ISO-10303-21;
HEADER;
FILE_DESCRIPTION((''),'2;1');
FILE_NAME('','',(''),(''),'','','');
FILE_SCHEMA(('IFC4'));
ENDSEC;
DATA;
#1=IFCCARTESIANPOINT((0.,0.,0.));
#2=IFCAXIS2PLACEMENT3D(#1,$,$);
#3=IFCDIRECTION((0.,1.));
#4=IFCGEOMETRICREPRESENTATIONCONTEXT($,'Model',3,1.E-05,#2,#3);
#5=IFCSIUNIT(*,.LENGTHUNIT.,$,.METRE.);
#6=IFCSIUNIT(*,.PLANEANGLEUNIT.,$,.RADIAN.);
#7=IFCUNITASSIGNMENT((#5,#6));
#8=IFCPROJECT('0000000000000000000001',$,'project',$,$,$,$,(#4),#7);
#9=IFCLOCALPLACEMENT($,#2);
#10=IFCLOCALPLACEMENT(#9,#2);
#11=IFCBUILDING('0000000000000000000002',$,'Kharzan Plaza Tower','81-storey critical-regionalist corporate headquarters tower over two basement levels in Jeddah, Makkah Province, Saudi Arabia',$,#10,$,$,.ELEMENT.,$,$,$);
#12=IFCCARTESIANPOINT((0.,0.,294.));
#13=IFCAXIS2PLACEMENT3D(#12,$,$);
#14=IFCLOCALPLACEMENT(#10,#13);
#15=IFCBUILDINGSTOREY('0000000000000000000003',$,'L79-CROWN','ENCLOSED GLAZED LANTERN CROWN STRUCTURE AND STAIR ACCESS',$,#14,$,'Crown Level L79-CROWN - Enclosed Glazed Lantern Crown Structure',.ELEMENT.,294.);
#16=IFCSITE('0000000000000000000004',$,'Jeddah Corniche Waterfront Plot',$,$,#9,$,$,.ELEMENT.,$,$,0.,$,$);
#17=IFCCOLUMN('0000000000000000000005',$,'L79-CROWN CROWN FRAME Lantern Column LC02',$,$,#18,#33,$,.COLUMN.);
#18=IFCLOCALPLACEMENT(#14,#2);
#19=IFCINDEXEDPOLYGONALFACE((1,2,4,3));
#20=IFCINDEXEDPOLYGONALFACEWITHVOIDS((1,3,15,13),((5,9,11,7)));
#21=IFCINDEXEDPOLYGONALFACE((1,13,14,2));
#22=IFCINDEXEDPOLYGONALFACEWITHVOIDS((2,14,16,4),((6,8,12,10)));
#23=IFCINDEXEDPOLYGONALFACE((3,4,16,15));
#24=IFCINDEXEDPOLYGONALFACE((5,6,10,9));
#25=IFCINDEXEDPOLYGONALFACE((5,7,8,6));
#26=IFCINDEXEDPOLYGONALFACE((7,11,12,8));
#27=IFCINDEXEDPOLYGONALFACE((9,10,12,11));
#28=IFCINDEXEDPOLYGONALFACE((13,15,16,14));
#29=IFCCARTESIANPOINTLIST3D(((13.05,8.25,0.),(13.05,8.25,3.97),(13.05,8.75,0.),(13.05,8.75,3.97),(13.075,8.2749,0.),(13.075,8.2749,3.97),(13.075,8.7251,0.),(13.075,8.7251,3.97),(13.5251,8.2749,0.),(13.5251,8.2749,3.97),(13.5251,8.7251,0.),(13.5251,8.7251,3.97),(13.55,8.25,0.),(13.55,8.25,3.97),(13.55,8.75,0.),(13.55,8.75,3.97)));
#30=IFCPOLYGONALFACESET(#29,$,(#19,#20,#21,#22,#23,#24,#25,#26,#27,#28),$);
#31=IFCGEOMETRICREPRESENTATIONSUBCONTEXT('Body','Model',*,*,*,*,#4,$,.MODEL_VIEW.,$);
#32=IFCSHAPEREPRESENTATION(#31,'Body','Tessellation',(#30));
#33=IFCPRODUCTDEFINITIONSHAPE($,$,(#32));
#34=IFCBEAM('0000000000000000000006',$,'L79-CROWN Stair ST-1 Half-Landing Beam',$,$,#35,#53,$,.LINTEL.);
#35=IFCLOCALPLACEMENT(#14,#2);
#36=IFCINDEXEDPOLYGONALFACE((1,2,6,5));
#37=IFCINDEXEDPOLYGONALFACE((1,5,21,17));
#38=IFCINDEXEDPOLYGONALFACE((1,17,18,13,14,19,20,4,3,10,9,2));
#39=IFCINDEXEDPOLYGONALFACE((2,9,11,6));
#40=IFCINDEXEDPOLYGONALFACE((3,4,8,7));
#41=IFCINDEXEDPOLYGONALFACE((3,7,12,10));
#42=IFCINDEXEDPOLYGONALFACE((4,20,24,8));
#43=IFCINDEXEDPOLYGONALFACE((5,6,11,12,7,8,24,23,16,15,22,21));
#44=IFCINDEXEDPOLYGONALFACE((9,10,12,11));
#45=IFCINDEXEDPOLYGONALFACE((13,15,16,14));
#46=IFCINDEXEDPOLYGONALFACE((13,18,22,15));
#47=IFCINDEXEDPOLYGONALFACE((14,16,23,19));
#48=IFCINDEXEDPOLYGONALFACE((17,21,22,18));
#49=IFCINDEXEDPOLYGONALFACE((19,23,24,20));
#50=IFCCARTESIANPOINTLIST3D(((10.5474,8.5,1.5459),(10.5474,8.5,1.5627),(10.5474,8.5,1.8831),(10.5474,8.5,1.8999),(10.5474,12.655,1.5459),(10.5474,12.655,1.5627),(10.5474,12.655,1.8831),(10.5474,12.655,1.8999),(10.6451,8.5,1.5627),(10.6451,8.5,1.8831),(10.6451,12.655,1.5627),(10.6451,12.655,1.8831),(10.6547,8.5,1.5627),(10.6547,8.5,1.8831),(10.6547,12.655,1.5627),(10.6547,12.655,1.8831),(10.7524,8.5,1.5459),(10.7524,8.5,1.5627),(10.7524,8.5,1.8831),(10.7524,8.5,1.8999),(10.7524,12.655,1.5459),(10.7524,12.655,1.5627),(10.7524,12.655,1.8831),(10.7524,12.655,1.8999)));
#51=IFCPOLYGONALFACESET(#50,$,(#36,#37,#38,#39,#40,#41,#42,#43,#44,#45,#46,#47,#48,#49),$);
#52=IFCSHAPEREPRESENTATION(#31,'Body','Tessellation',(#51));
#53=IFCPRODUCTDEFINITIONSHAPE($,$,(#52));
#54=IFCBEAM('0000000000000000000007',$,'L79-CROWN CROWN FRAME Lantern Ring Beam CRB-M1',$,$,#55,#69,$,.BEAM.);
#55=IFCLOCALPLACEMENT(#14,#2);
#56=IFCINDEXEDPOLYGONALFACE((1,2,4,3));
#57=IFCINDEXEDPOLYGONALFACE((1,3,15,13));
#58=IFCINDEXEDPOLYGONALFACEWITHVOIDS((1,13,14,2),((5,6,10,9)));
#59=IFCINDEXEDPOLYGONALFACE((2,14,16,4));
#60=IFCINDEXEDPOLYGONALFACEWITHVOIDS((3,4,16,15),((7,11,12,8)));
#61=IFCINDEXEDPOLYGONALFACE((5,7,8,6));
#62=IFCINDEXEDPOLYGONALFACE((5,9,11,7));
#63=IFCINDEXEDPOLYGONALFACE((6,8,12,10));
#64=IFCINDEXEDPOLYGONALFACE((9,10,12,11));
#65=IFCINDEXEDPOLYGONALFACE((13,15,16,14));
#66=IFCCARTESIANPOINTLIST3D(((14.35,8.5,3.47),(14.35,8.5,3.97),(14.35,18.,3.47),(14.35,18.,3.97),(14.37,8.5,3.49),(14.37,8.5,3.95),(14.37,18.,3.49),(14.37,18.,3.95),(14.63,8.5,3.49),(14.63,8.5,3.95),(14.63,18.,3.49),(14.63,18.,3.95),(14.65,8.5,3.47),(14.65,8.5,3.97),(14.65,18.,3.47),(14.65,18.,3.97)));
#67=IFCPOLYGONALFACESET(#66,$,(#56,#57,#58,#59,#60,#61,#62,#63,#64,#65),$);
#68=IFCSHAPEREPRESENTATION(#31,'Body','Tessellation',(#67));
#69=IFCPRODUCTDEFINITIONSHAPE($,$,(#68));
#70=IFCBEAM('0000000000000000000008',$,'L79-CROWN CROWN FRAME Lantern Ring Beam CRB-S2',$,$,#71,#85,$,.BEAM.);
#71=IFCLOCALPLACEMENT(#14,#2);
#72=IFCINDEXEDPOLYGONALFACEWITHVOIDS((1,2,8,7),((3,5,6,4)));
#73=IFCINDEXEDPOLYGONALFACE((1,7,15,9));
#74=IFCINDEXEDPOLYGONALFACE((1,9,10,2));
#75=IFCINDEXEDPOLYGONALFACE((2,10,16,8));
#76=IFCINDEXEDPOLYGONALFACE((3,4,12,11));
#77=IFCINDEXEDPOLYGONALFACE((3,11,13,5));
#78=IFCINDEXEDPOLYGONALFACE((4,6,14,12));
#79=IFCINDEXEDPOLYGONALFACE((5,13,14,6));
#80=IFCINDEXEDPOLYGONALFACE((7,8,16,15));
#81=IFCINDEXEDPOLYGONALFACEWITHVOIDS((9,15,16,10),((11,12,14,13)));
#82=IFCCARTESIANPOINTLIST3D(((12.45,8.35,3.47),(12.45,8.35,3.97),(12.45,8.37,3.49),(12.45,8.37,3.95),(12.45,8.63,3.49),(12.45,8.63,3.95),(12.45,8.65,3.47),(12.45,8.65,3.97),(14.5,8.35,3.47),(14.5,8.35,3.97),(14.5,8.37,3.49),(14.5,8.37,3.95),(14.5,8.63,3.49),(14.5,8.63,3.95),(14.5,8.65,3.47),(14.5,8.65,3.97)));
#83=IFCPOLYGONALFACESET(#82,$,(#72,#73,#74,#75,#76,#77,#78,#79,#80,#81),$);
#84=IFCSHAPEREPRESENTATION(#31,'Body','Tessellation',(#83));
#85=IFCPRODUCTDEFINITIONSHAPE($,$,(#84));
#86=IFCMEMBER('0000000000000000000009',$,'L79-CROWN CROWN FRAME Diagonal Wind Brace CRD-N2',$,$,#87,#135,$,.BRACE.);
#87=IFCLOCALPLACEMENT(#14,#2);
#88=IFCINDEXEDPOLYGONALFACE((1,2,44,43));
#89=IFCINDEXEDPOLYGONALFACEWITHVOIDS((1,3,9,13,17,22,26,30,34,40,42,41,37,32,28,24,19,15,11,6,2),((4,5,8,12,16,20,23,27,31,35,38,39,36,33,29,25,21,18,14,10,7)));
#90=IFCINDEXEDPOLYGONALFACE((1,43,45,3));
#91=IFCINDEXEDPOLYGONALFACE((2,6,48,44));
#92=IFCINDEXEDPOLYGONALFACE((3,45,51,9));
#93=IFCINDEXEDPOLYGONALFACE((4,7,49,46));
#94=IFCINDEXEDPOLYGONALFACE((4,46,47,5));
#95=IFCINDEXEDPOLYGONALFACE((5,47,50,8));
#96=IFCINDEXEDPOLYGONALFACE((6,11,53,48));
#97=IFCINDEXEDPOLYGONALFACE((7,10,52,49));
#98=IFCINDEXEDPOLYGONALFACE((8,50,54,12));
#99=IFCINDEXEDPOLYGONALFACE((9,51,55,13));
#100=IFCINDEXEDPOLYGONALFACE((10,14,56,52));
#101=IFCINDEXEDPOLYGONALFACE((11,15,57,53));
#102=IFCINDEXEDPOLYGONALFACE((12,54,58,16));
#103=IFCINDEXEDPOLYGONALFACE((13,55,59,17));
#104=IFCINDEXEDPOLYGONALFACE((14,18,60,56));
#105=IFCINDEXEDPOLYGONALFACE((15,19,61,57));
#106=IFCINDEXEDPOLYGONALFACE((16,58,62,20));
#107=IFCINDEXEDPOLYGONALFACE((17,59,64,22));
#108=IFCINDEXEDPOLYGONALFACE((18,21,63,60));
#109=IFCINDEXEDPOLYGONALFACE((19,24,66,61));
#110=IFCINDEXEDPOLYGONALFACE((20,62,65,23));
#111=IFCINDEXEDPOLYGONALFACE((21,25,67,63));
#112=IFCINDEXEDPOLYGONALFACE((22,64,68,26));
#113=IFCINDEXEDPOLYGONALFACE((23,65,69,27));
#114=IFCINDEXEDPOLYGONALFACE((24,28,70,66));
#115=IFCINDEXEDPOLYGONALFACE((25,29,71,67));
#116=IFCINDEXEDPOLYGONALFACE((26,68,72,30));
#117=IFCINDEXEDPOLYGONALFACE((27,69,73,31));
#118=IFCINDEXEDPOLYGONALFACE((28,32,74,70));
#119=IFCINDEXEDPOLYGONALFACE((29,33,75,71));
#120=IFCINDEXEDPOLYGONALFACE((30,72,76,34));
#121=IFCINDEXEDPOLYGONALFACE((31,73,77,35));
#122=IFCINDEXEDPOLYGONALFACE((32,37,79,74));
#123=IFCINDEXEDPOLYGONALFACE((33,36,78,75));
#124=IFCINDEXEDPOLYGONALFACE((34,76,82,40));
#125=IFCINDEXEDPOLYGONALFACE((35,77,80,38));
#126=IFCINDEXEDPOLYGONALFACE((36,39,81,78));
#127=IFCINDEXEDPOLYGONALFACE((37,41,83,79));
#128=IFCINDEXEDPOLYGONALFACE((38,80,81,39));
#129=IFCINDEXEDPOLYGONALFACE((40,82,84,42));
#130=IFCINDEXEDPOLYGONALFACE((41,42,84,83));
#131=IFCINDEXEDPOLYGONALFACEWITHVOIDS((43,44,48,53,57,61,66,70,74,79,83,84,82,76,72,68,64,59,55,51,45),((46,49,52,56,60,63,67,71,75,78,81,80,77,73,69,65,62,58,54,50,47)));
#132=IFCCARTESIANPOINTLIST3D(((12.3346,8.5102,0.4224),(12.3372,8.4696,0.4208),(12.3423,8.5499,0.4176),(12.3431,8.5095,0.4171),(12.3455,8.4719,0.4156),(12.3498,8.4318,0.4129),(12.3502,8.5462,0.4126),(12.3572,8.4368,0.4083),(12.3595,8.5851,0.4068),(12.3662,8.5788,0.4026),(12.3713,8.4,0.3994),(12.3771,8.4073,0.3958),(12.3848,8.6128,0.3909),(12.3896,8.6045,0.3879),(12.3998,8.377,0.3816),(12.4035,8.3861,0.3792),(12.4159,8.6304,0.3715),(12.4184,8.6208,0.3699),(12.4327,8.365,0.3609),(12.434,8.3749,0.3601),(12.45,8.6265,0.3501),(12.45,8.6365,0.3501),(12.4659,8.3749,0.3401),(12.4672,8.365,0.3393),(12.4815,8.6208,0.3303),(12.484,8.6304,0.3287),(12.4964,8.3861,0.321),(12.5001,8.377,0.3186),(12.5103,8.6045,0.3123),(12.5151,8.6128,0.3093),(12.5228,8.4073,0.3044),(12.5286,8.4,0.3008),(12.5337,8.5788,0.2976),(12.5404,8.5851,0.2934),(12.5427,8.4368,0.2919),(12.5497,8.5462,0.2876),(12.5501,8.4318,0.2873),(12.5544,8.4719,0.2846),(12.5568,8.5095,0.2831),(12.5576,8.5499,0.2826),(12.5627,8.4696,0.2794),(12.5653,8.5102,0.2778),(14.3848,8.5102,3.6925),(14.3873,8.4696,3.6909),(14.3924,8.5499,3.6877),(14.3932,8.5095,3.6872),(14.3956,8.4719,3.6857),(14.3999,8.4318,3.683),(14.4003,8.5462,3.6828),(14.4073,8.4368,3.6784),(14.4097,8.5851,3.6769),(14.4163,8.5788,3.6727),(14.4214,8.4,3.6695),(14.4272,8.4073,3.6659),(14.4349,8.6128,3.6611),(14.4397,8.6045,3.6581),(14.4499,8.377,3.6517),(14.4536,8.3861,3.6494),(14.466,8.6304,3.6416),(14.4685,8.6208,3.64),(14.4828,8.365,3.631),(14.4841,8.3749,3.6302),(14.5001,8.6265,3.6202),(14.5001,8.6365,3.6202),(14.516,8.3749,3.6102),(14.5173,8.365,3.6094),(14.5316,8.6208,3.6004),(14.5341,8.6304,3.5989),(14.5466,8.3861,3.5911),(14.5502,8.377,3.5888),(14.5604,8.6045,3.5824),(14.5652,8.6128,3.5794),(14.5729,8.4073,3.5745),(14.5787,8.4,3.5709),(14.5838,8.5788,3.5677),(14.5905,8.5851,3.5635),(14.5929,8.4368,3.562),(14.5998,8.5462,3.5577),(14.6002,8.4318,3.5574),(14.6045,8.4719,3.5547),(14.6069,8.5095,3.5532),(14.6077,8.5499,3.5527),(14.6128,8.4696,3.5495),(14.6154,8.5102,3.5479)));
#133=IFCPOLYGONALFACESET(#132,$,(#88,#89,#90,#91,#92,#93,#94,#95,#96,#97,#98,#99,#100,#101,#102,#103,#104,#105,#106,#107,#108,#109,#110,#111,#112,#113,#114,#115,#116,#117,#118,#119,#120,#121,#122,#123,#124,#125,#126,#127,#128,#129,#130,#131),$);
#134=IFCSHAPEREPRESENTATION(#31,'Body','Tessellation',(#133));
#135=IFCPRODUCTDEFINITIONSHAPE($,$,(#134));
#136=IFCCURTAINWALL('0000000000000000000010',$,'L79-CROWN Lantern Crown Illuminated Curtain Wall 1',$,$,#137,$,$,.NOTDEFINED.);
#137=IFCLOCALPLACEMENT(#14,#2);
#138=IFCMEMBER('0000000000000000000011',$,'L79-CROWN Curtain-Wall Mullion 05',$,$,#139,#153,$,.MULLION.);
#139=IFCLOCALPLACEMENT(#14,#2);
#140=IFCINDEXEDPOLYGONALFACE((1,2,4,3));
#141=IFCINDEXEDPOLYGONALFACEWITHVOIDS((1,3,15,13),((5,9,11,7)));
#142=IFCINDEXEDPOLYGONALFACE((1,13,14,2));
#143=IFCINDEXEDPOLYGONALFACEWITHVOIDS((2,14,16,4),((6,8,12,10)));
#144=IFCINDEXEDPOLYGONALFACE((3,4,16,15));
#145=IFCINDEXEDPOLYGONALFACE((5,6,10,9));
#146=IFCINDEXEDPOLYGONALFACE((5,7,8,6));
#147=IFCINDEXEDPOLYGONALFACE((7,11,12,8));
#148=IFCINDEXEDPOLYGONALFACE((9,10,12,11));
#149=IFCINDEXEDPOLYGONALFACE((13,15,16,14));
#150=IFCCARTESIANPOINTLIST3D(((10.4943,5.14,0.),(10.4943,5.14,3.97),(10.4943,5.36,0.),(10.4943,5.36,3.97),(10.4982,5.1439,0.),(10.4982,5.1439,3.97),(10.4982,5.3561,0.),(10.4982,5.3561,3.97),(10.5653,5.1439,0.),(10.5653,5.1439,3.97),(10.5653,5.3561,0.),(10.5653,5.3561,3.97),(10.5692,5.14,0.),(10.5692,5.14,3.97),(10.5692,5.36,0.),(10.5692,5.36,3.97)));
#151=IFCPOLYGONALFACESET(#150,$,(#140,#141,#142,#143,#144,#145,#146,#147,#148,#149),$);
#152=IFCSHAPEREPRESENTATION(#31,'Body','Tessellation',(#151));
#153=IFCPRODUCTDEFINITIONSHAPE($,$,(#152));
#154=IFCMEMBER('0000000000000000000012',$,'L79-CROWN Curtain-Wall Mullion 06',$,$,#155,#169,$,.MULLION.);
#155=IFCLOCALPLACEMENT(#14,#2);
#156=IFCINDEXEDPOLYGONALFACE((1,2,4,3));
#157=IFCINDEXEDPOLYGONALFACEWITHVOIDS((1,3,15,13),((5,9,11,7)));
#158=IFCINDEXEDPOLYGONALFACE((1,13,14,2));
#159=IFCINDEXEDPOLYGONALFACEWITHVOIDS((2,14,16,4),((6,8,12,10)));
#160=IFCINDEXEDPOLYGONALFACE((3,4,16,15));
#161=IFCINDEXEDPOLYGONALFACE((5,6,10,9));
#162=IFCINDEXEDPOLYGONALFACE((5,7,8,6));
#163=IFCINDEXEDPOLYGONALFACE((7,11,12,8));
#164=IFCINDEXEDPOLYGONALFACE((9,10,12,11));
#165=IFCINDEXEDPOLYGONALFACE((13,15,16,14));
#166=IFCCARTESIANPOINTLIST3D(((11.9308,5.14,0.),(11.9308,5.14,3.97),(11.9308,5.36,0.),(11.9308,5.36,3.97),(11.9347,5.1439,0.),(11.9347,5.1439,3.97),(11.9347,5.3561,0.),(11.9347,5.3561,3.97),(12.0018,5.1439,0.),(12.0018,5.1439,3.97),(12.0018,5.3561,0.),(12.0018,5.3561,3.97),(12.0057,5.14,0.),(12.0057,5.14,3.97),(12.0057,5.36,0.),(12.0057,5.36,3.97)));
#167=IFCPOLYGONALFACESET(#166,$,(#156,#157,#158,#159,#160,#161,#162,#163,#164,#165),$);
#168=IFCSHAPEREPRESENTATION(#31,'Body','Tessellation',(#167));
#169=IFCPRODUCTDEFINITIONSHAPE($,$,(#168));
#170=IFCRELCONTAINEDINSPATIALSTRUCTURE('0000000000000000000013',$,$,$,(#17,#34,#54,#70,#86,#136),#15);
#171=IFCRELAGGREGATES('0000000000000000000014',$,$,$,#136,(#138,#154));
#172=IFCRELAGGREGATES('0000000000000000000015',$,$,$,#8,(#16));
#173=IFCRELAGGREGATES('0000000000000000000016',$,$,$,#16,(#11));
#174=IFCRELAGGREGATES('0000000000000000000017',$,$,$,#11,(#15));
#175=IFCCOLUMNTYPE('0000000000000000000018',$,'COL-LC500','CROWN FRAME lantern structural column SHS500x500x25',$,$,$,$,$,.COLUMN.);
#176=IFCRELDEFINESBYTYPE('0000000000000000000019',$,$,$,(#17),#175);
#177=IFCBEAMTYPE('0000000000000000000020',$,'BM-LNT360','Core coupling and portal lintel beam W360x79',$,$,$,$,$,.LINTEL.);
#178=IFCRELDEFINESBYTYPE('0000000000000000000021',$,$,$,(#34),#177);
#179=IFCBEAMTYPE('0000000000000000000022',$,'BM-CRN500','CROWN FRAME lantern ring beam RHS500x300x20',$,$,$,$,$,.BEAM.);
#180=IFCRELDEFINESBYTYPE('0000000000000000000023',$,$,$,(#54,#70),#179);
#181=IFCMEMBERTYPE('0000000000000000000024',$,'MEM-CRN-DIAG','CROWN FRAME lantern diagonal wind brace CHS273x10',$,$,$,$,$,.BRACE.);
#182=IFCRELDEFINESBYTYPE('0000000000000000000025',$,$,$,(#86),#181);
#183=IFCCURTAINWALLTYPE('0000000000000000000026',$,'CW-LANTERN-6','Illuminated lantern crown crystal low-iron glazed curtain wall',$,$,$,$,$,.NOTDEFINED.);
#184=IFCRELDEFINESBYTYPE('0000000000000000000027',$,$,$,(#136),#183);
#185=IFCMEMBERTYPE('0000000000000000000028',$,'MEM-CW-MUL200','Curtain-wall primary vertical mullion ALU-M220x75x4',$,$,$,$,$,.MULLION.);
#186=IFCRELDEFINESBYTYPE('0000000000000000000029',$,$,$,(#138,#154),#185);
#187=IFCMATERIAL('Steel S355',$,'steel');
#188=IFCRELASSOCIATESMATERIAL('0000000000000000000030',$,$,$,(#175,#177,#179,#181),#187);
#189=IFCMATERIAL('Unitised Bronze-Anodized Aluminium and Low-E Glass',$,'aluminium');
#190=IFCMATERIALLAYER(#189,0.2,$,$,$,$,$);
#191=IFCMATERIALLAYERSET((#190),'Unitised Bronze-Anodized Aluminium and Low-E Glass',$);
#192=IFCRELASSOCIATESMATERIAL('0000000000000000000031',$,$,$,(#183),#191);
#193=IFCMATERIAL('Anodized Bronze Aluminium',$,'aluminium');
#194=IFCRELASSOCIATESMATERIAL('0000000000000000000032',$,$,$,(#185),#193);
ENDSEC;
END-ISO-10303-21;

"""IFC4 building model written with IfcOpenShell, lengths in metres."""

from ifc_helpers import new_model, si_unit, direction, frame, origin, origin_2d, place, context, subcontext, project, spatial, hollow_rectangle, hollow_circle, i_section, extrude, source, transform, mapped, material, layer, layer_set, material_profile, profile_set, type_object, element, aggregate, save


model = new_model("IFC4")

# Units and contexts
model_context = context("Model", 3, precision=1e-05, world=origin(), true_north=direction((0.0, 1.0)))
body_context = subcontext(model_context, "Body", "Model", "MODEL_VIEW")
ifc_project = project(units=[si_unit("LENGTHUNIT", "METRE"), si_unit("PLANEANGLEUNIT", "RADIAN")], contexts=[model_context])

# Site, building, storey
site_placement = place(None, origin())
site = spatial("IfcSite", under=ifc_project, at=site_placement, Name="Jeddah Corniche Waterfront Plot", CompositionType="ELEMENT", RefElevation=0.0)
building_placement = place(site_placement, origin())
building = spatial("IfcBuilding", under=site, at=building_placement, Name="Kharzan Plaza Tower", Description="81-storey critical-regionalist corporate headquarters tower over two basement levels in Jeddah, Makkah Province, Saudi Arabia", CompositionType="ELEMENT")
storey_placement = place(building_placement, frame((0.0, 0.0, 294.0)))
storey = spatial("IfcBuildingStorey", under=building, at=storey_placement, Name="L79-CROWN", Description="ENCLOSED GLAZED LANTERN CROWN STRUCTURE AND STAIR ACCESS", LongName="Crown Level L79-CROWN - Enclosed Glazed Lantern Crown Structure", CompositionType="ELEMENT", Elevation=294.0)

# Column
ifc_material_1 = material(Name="Steel S355", Category="steel")
ifc_material_profile_1 = material_profile(ifc_material_1, hollow_rectangle(XDim=0.5, YDim=0.5, WallThickness=0.0249, at=origin_2d()), Name="SHS500x500x25")
ifc_profile_set_1 = profile_set([ifc_material_profile_1], Name="Steel S355")
column_type = type_object("IfcColumnType", Name="COL-LC500", Description="CROWN FRAME lantern structural column SHS500x500x25", PredefinedType="COLUMN", material=ifc_profile_set_1)
shared_shape_1 = source(origin(), body_context, "Body", "SweptSolid", [
    extrude(hollow_rectangle(XDim=0.5, YDim=0.5, WallThickness=0.0249, at=origin_2d()), origin(), (0.0, 0.0, 1.0), 3.97),
])
column_placement = place(storey_placement, frame((13.3, 8.5, 0.0), z_axis=(0.0, 0.0, 1.0), x_axis=(1.0, 0.0, 0.0)))
element("IfcColumn", 1, at=column_placement, inside=storey, type_object=column_type, Name="L79-CROWN CROWN FRAME Lantern Column LC02", PredefinedType="COLUMN", context=body_context, shape_type="MappedRepresentation", body=[
    mapped(shared_shape_1, transform((0.0, 0.0, 0.0), x_axis=(1.0, 0.0, 0.0), y_axis=(0.0, 1.0, 0.0), z_axis=(0.0, 0.0, 1.0))),
])

# Beams
ifc_material_profile_2 = material_profile(ifc_material_1, i_section(OverallWidth=0.2051, OverallDepth=0.354, WebThickness=0.0095, FlangeThickness=0.0168, at=origin_2d()), Name="W360x79")
ifc_profile_set_2 = profile_set([ifc_material_profile_2], Name="Steel S355")
beam_type_1 = type_object("IfcBeamType", Name="BM-LNT360", Description="Core coupling and portal lintel beam W360x79", PredefinedType="LINTEL", material=ifc_profile_set_2)
shared_shape_2 = source(origin(), body_context, "Body", "SweptSolid", [
    extrude(i_section(OverallWidth=0.2051, OverallDepth=0.354, WebThickness=0.0095, FlangeThickness=0.0168, at=origin_2d()), origin(), (0.0, 0.0, 1.0), 4.155),
])
beam_1_placement = place(storey_placement, frame((10.6499, 8.5, 1.7229), z_axis=(0.0, 1.0, 0.0), x_axis=(-1.0, 0.0, 0.0)))
element("IfcBeam", 2, at=beam_1_placement, inside=storey, type_object=beam_type_1, Name="L79-CROWN Stair ST-1 Half-Landing Beam", PredefinedType="LINTEL", context=body_context, shape_type="MappedRepresentation", body=[
    mapped(shared_shape_2, transform((0.0, 0.0, 0.0), x_axis=(1.0, 0.0, 0.0), y_axis=(0.0, 1.0, 0.0), z_axis=(0.0, 0.0, 1.0))),
])
ifc_material_profile_3 = material_profile(ifc_material_1, hollow_rectangle(XDim=0.3, YDim=0.5, WallThickness=0.02, at=origin_2d()), Name="RHS500x300x20")
ifc_profile_set_3 = profile_set([ifc_material_profile_3], Name="Steel S355")
beam_type_2 = type_object("IfcBeamType", Name="BM-CRN500", Description="CROWN FRAME lantern ring beam RHS500x300x20", PredefinedType="BEAM", material=ifc_profile_set_3)
shared_shape_3 = source(origin(), body_context, "Body", "SweptSolid", [
    extrude(hollow_rectangle(XDim=0.3, YDim=0.5, WallThickness=0.02, at=origin_2d()), origin(), (0.0, 0.0, 1.0), 9.5),
])
beam_2_placement = place(storey_placement, frame((14.5, 8.5, 3.72), z_axis=(0.0, 1.0, 0.0), x_axis=(-1.0, 0.0, 0.0)))
element("IfcBeam", 3, at=beam_2_placement, inside=storey, type_object=beam_type_2, Name="L79-CROWN CROWN FRAME Lantern Ring Beam CRB-M1", PredefinedType="BEAM", context=body_context, shape_type="MappedRepresentation", body=[
    mapped(shared_shape_3, transform((0.0, 0.0, 0.0), x_axis=(1.0, 0.0, 0.0), y_axis=(0.0, 1.0, 0.0), z_axis=(0.0, 0.0, 1.0))),
])
shared_shape_4 = source(origin(), body_context, "Body", "SweptSolid", [
    extrude(hollow_rectangle(XDim=0.3, YDim=0.5, WallThickness=0.02, at=origin_2d()), origin(), (0.0, 0.0, 1.0), 2.05),
])
beam_3_placement = place(storey_placement, frame((12.45, 8.5, 3.72), z_axis=(1.0, 0.0, 0.0), x_axis=(0.0, 1.0, 0.0)))
element("IfcBeam", 4, at=beam_3_placement, inside=storey, type_object=beam_type_2, Name="L79-CROWN CROWN FRAME Lantern Ring Beam CRB-S2", PredefinedType="BEAM", context=body_context, shape_type="MappedRepresentation", body=[
    mapped(shared_shape_4, transform((0.0, 0.0, 0.0), x_axis=(1.0, 0.0, 0.0), y_axis=(0.0, 1.0, 0.0), z_axis=(0.0, 0.0, 1.0))),
])

# Member
ifc_material_profile_4 = material_profile(ifc_material_1, hollow_circle(Radius=0.1365, WallThickness=0.01, at=origin_2d()), Name="CHS273x10")
ifc_profile_set_4 = profile_set([ifc_material_profile_4], Name="Steel S355")
member_type_1 = type_object("IfcMemberType", Name="MEM-CRN-DIAG", Description="CROWN FRAME lantern diagonal wind brace CHS273x10", PredefinedType="BRACE", material=ifc_profile_set_4)
shared_shape_5 = source(origin(), body_context, "Body", "SweptSolid", [
    extrude(hollow_circle(Radius=0.1365, WallThickness=0.01, at=origin_2d()), origin(), (0.0, 0.0, 1.0), 3.8596),
])
member_1_placement = place(storey_placement, frame((12.45, 8.5, 0.3501), z_axis=(0.53117, 0.0, 0.847265), x_axis=(0.0, 1.0, 0.0)))
element("IfcMember", 5, at=member_1_placement, inside=storey, type_object=member_type_1, Name="L79-CROWN CROWN FRAME Diagonal Wind Brace CRD-N2", PredefinedType="BRACE", context=body_context, shape_type="MappedRepresentation", body=[
    mapped(shared_shape_5, transform((0.0, 0.0, 0.0), x_axis=(1.0, 0.0, 0.0), y_axis=(0.0, 1.0, 0.0), z_axis=(0.0, 0.0, 1.0))),
])

# Curtain wall, members
ifc_material_2 = material(Name="Unitised Bronze-Anodized Aluminium and Low-E Glass", Category="aluminium")
ifc_layer_1 = layer(ifc_material_2, 0.2)
ifc_layer_set_1 = layer_set([ifc_layer_1], Name="Unitised Bronze-Anodized Aluminium and Low-E Glass")
curtain_wall_type = type_object("IfcCurtainWallType", Name="CW-LANTERN-6", Description="Illuminated lantern crown crystal low-iron glazed curtain wall", PredefinedType="NOTDEFINED", material=ifc_layer_set_1)
curtain_wall_1_placement = place(storey_placement, origin())
curtain_wall_1 = element("IfcCurtainWall", 6, at=curtain_wall_1_placement, inside=storey, type_object=curtain_wall_type, Name="L79-CROWN Lantern Crown Illuminated Curtain Wall 1", PredefinedType="NOTDEFINED")
ifc_material_3 = material(Name="Anodized Bronze Aluminium", Category="aluminium")
ifc_material_profile_5 = material_profile(ifc_material_3, hollow_rectangle(XDim=0.075, YDim=0.22, WallThickness=0.0039, at=origin_2d()), Name="ALU-M220x75x4")
ifc_profile_set_5 = profile_set([ifc_material_profile_5], Name="Anodized Bronze Aluminium")
member_type_2 = type_object("IfcMemberType", Name="MEM-CW-MUL200", Description="Curtain-wall primary vertical mullion ALU-M220x75x4", PredefinedType="MULLION", material=ifc_profile_set_5)
shared_shape_6 = source(origin(), body_context, "Body", "SweptSolid", [
    extrude(hollow_rectangle(XDim=0.075, YDim=0.22, WallThickness=0.0039, at=origin_2d()), origin(), (0.0, 0.0, 1.0), 3.97),
])
member_2_placement = place(storey_placement, frame((10.5317, 5.25, 0.0), z_axis=(0.0, 0.0, 1.0), x_axis=(1.0, 0.0, 0.0)))
member_2 = element("IfcMember", 7, at=member_2_placement, type_object=member_type_2, Name="L79-CROWN Curtain-Wall Mullion 05", PredefinedType="MULLION", context=body_context, shape_type="MappedRepresentation", body=[
    mapped(shared_shape_6, transform((0.0, 0.0, 0.0), x_axis=(1.0, 0.0, 0.0), y_axis=(0.0, 1.0, 0.0), z_axis=(0.0, 0.0, 1.0))),
])
member_3_placement = place(storey_placement, frame((11.9683, 5.25, 0.0), z_axis=(0.0, 0.0, 1.0), x_axis=(1.0, 0.0, 0.0)))
member_3 = element("IfcMember", 8, at=member_3_placement, type_object=member_type_2, Name="L79-CROWN Curtain-Wall Mullion 06", PredefinedType="MULLION", context=body_context, shape_type="MappedRepresentation", body=[
    mapped(shared_shape_6, transform((0.0, 0.0, 0.0), x_axis=(1.0, 0.0, 0.0), y_axis=(0.0, 1.0, 0.0), z_axis=(0.0, 0.0, 1.0))),
])

aggregate(curtain_wall_1, [member_2, member_3])

save(model, "model.ifc")
